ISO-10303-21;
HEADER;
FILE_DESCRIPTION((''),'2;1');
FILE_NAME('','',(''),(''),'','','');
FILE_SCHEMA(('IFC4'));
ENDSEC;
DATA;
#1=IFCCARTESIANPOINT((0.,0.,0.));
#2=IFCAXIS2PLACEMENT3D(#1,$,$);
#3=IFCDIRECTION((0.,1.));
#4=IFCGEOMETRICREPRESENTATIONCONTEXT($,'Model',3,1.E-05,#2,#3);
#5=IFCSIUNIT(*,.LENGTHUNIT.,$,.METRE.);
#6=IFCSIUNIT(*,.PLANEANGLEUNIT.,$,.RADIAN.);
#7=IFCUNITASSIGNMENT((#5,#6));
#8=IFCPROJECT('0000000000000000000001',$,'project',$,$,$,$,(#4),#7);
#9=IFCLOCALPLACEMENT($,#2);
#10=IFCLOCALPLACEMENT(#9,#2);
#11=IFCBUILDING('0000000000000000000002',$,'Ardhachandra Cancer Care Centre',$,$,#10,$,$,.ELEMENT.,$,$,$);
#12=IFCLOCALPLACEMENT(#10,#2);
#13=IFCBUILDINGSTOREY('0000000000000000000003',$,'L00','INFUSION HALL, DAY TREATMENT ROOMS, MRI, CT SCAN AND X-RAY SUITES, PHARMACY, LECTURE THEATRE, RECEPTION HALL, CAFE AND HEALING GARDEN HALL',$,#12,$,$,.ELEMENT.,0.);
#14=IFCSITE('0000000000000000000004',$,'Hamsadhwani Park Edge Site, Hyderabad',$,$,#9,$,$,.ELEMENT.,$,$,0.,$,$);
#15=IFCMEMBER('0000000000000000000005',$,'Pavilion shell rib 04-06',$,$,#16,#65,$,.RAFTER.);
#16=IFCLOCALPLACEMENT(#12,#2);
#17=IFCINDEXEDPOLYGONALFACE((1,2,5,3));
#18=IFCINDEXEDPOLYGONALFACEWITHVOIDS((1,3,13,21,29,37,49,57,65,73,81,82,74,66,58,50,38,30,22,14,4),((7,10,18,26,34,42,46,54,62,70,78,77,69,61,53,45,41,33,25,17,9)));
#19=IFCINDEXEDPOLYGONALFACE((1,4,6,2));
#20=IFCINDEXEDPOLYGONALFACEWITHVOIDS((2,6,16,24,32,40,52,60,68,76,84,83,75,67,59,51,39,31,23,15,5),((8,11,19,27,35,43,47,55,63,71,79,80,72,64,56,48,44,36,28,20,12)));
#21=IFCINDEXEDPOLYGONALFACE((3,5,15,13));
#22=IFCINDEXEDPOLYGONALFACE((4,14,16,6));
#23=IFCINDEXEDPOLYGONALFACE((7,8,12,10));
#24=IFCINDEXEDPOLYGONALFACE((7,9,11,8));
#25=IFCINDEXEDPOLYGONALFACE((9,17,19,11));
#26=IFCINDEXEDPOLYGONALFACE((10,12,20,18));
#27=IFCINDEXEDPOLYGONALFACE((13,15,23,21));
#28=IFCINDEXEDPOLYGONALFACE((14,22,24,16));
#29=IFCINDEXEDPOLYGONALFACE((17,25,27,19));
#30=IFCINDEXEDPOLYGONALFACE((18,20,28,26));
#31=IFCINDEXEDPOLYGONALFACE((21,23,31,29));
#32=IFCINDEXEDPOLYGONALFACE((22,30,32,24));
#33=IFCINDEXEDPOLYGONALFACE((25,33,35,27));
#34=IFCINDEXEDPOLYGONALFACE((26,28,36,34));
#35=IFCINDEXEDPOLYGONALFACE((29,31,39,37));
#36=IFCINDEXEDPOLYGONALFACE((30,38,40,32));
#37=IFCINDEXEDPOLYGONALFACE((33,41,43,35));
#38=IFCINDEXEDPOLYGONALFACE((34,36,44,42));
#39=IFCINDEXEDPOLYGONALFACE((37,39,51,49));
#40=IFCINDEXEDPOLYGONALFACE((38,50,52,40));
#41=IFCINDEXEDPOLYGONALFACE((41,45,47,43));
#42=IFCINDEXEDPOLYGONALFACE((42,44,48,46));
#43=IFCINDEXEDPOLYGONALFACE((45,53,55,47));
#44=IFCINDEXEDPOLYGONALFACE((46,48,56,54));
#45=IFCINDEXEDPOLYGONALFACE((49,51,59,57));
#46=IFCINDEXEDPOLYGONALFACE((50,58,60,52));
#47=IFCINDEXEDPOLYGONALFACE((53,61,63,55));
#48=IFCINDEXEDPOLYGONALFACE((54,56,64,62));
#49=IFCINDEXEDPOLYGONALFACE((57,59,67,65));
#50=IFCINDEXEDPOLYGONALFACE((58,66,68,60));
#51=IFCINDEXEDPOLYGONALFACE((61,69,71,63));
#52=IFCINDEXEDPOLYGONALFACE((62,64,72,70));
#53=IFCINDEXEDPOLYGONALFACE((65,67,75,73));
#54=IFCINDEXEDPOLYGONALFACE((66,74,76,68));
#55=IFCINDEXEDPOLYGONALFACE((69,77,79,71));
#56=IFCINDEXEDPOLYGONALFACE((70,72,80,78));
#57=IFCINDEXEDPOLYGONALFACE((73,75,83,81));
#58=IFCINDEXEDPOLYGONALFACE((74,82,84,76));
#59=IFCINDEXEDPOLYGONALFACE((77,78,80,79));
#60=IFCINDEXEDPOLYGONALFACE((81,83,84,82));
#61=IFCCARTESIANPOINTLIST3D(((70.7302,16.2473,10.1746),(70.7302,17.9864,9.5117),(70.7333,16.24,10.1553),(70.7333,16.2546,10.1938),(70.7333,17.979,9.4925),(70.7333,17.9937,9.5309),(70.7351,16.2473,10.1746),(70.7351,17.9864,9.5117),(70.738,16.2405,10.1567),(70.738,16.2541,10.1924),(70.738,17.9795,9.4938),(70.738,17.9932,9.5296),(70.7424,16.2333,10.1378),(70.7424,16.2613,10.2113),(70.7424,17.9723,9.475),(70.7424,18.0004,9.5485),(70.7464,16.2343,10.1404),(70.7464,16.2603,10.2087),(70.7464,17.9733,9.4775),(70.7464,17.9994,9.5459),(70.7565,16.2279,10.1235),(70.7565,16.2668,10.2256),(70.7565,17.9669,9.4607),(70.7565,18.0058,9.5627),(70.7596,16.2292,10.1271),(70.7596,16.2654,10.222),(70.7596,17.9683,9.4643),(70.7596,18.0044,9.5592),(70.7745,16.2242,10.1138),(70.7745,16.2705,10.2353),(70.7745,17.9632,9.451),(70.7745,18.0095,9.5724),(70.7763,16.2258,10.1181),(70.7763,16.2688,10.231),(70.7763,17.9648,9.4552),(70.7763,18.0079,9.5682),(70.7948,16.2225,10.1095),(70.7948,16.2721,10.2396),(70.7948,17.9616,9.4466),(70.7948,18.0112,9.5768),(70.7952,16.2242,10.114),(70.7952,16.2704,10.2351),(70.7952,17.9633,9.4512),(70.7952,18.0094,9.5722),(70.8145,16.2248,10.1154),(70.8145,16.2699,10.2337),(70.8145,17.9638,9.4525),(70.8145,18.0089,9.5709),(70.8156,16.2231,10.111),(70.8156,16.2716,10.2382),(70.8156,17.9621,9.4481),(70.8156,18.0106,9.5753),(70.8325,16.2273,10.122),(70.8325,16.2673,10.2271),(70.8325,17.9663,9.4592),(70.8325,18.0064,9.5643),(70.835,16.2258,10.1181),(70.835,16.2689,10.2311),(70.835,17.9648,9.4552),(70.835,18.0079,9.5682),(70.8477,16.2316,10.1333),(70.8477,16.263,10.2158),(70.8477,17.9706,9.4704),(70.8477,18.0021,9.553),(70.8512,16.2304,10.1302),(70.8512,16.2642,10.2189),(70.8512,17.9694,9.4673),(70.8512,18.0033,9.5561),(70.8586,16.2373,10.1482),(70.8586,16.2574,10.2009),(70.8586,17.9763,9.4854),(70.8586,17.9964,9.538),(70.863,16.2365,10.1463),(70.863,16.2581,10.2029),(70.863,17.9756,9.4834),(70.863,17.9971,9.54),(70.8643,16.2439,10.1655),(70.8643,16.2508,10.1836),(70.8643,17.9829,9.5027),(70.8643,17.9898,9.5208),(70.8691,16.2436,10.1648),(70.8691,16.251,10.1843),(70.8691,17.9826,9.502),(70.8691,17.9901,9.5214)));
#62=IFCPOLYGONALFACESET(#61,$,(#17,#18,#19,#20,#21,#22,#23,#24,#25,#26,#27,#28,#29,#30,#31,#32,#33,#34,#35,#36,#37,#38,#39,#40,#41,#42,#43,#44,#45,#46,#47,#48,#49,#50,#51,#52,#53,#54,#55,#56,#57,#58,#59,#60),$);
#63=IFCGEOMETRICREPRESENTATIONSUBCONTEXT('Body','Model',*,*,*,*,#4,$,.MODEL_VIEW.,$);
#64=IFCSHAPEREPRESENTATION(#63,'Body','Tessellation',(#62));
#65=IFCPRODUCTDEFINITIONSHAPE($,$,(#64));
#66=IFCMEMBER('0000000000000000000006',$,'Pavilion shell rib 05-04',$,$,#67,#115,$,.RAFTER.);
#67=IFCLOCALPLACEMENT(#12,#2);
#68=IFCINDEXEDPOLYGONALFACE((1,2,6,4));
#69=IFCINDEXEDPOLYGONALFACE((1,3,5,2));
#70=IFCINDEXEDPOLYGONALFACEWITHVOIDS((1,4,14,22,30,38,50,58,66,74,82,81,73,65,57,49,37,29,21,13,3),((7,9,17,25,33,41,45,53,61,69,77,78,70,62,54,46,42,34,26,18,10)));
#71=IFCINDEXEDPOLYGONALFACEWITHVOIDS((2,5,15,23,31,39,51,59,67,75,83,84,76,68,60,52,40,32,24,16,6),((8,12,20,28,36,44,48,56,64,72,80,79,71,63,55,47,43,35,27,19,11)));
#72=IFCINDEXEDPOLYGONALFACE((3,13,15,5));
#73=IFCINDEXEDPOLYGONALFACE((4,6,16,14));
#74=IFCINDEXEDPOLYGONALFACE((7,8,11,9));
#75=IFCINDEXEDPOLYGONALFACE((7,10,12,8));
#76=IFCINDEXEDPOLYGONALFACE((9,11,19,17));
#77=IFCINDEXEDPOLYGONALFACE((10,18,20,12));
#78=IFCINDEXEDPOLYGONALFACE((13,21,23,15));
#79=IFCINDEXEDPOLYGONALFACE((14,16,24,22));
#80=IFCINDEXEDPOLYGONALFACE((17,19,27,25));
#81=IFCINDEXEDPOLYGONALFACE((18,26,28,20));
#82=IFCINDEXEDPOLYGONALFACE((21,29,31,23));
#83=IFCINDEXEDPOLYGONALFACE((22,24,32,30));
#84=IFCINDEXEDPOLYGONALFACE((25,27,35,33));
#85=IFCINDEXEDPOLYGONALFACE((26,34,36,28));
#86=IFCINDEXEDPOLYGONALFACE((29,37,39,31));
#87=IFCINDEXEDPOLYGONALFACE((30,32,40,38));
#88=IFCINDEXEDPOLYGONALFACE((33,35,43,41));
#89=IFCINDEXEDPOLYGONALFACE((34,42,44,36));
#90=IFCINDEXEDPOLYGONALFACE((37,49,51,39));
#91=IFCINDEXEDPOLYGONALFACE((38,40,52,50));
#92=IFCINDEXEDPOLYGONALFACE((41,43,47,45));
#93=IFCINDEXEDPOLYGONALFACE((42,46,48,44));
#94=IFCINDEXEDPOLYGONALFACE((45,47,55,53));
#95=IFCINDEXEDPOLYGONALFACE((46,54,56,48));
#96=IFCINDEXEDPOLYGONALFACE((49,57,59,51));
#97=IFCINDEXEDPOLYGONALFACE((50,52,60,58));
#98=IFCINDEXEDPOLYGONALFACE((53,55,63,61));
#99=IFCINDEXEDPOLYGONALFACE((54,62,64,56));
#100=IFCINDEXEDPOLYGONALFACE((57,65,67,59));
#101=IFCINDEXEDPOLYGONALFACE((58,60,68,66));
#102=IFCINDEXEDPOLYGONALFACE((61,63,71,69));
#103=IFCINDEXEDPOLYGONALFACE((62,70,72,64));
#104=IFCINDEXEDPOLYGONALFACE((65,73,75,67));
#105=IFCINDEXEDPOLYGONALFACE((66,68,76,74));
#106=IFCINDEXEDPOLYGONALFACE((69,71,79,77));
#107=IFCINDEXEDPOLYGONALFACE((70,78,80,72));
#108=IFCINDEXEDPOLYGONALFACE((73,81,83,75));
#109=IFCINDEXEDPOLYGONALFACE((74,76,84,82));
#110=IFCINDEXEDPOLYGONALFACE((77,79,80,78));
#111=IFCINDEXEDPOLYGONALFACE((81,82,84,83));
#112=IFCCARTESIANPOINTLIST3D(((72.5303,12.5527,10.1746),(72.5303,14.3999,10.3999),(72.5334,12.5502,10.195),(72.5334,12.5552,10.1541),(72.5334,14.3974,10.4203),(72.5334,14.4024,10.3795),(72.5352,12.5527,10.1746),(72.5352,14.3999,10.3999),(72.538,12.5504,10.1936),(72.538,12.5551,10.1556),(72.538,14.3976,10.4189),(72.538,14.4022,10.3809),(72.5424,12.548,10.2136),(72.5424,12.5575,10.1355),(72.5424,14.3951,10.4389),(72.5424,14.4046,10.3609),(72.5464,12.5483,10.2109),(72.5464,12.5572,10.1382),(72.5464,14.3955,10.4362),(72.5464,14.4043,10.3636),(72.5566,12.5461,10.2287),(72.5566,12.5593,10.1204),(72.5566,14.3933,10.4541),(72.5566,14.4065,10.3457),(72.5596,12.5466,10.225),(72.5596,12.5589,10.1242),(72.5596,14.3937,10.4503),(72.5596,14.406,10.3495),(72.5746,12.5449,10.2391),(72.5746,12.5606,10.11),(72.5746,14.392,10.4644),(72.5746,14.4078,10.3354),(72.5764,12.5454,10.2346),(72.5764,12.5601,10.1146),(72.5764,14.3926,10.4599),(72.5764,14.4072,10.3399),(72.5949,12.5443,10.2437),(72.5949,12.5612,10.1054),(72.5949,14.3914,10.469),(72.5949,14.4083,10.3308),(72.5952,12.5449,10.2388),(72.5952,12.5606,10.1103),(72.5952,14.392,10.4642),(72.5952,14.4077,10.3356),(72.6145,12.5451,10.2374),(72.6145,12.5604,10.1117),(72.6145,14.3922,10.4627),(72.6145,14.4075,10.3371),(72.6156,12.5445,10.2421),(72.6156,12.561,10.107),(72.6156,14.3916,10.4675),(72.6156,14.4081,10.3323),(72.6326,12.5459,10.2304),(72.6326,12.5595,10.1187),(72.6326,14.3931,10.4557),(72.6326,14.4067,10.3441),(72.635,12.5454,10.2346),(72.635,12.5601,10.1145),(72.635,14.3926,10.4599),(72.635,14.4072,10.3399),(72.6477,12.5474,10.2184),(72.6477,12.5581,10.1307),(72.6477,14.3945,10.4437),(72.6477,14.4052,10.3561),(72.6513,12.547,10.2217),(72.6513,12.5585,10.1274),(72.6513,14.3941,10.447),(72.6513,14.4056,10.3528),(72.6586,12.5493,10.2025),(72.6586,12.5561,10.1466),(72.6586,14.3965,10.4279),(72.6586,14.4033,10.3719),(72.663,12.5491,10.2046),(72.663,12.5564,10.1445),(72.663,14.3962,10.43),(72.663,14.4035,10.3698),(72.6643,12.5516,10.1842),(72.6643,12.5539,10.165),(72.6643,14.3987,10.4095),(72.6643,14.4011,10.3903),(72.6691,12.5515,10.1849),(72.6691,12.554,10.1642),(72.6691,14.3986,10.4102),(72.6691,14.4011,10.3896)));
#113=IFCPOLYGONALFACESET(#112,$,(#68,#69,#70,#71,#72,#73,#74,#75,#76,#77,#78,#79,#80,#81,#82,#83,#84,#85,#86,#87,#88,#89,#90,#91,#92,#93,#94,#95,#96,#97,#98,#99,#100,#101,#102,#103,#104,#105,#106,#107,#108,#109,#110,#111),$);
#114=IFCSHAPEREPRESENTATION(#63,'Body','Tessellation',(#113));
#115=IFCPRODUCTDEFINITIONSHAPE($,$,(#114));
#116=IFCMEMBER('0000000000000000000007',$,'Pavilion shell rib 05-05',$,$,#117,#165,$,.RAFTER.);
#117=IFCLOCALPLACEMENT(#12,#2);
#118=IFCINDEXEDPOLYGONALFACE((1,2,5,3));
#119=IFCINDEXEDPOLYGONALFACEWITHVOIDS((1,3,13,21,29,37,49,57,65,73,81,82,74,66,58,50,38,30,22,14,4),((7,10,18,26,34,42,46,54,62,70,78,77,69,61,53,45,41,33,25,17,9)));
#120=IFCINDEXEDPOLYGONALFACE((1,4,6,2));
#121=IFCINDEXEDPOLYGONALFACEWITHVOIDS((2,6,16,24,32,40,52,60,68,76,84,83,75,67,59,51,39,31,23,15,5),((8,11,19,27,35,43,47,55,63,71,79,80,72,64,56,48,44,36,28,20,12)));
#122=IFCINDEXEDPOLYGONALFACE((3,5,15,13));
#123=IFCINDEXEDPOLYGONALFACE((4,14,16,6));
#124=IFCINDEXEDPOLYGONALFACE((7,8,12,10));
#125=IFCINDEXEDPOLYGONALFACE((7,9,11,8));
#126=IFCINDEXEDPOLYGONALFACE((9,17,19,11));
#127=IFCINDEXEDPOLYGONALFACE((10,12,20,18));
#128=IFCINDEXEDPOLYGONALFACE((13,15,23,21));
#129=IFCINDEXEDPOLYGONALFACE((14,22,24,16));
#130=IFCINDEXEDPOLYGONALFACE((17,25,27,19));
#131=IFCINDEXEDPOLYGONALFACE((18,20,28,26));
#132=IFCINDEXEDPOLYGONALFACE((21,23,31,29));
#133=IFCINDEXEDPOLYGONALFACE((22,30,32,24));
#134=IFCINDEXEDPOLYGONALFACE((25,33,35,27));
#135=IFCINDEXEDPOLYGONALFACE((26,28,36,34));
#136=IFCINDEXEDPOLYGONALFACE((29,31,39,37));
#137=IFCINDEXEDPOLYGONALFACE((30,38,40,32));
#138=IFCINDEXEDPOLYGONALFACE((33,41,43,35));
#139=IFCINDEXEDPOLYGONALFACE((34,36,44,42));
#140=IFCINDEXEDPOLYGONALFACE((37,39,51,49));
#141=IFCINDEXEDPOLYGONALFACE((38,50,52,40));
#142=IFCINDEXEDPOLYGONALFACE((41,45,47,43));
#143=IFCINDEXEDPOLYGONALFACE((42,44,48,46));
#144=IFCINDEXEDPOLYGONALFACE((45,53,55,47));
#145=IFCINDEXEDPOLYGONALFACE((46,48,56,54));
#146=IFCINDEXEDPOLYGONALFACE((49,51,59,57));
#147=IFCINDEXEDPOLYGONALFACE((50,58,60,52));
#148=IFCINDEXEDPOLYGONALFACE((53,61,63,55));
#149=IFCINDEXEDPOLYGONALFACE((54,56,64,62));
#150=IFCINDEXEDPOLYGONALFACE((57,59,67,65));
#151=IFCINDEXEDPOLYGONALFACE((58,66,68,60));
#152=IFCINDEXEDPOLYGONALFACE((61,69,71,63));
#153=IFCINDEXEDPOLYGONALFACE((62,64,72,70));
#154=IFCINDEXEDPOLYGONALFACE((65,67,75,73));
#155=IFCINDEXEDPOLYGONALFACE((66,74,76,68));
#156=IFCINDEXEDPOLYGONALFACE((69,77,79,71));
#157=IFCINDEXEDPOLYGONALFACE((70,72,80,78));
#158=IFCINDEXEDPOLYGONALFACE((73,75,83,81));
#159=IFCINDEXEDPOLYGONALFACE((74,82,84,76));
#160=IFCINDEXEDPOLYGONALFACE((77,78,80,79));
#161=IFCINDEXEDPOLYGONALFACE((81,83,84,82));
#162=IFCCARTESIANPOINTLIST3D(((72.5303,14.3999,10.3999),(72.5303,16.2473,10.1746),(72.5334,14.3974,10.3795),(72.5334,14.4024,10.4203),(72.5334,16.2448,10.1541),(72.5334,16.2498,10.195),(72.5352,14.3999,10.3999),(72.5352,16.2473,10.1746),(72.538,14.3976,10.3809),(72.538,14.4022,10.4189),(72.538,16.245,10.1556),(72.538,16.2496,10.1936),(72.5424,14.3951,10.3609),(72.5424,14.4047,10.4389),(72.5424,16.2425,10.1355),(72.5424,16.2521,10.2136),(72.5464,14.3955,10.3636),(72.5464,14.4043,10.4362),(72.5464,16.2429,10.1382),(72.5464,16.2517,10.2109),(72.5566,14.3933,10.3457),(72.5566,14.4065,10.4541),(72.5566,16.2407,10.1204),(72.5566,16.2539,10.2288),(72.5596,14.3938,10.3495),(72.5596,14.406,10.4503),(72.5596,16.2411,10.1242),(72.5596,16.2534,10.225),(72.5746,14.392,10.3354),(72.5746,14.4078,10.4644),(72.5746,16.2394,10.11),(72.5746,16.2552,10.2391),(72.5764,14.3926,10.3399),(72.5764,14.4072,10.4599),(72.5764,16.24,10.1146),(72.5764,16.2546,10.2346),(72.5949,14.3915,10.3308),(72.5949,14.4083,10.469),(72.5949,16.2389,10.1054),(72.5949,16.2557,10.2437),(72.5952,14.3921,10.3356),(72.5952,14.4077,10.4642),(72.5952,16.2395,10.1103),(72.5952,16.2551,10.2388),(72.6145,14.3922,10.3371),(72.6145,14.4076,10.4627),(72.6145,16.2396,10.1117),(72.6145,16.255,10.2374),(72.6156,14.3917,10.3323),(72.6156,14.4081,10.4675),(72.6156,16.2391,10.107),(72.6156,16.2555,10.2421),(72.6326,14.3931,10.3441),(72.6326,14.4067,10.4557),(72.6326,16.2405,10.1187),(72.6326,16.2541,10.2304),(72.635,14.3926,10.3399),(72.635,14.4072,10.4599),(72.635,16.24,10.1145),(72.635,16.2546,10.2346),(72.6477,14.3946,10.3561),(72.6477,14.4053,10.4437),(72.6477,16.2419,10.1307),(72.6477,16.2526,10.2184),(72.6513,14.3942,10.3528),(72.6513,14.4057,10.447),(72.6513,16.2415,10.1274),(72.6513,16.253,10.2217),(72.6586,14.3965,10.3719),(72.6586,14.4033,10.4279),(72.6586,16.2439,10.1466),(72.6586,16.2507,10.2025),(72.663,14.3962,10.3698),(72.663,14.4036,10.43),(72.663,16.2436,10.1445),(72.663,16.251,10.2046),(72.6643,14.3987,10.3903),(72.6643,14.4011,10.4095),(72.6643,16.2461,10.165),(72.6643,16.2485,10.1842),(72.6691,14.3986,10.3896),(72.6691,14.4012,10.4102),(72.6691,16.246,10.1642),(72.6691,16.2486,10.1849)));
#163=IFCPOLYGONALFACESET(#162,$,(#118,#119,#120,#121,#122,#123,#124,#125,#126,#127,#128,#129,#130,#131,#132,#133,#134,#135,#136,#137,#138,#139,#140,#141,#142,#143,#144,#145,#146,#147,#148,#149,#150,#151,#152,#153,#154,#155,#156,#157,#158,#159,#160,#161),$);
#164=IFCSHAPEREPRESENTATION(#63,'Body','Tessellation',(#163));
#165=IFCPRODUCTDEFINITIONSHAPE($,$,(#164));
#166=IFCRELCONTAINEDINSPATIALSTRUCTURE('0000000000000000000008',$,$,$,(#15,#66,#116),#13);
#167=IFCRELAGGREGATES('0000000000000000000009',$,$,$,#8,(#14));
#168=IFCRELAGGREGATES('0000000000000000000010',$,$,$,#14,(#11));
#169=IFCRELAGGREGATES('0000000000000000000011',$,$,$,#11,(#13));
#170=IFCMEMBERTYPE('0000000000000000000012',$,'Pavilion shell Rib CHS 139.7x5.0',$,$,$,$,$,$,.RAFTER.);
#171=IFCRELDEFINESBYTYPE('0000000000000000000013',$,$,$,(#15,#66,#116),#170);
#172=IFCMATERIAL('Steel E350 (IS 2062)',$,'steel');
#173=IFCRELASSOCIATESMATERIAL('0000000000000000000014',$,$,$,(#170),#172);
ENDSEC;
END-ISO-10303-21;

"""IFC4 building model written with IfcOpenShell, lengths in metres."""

from ifc_helpers import new_model, si_unit, direction, frame, origin, origin_2d, place, context, subcontext, project, spatial, hollow_circle, extrude, material, material_profile, profile_set, type_object, element, save


model = new_model("IFC4")

# Units and contexts
model_context = context("Model", 3, precision=1e-05, world=origin(), true_north=direction((0.0, 1.0)))
body_context = subcontext(model_context, "Body", "Model", "MODEL_VIEW")
ifc_project = project(units=[si_unit("LENGTHUNIT", "METRE"), si_unit("PLANEANGLEUNIT", "RADIAN")], contexts=[model_context])

# Site, building, storey
site_placement = place(None, origin())
site = spatial("IfcSite", under=ifc_project, at=site_placement, Name="Hamsadhwani Park Edge Site, Hyderabad", CompositionType="ELEMENT", RefElevation=0.0)
building_placement = place(site_placement, origin())
building = spatial("IfcBuilding", under=site, at=building_placement, Name="Ardhachandra Cancer Care Centre", CompositionType="ELEMENT")
storey_placement = place(building_placement, origin())
storey = spatial("IfcBuildingStorey", under=building, at=storey_placement, Name="L00", Description="INFUSION HALL, DAY TREATMENT ROOMS, MRI, CT SCAN AND X-RAY SUITES, PHARMACY, LECTURE THEATRE, RECEPTION HALL, CAFE AND HEALING GARDEN HALL", CompositionType="ELEMENT", Elevation=0.0)

# Members
ifc_material_1 = material(Name="Steel E350 (IS 2062)", Category="steel")
ifc_material_profile_1 = material_profile(ifc_material_1, hollow_circle(Radius=0.0698, WallThickness=0.0049, at=origin_2d()), Name="CHS 139.7x5.0")
ifc_profile_set_1 = profile_set([ifc_material_profile_1], Name="Steel E350 (IS 2062)")
member_type_1 = type_object("IfcMemberType", Name="Pavilion shell Rib CHS 139.7x5.0", PredefinedType="RAFTER", material=ifc_profile_set_1)
for number, where, z_axis, x_axis, name in (
    (1, (70.8, 16.2473, 10.1746), (0.0, 0.934423, -0.356164), (-1.0, 0.0, 0.0), "Pavilion shell rib 04-06"),
):
    element("IfcMember", number, at=place(storey_placement, frame(where, z_axis=z_axis, x_axis=x_axis)), inside=storey, type_object=member_type_1, Name=name, PredefinedType="RAFTER", context=body_context, shape_type="SweptSolid", body=[
        extrude(hollow_circle(Radius=0.0698, WallThickness=0.0049, at=origin_2d()), origin(), (0.0, 0.0, 1.0), 1.8611),
    ])
member_1_placement = place(storey_placement, frame((72.6001, 12.5527, 10.1746), z_axis=(0.0, 0.992641, 0.121095), x_axis=(-1.0, 0.0, 0.0)))
element("IfcMember", 2, at=member_1_placement, inside=storey, type_object=member_type_1, Name="Pavilion shell rib 05-04", PredefinedType="RAFTER", context=body_context, shape_type="SweptSolid", body=[
    extrude(hollow_circle(Radius=0.0698, WallThickness=0.0049, at=origin_2d()), origin(), (0.0, 0.0, 1.0), 1.8608),
])
for number, where, z_axis, x_axis, name in (
    (3, (72.6001, 14.3999, 10.3999), (0.0, 0.992643, -0.12108), (-1.0, 0.0, 0.0), "Pavilion shell rib 05-05"),
):
    element("IfcMember", number, at=place(storey_placement, frame(where, z_axis=z_axis, x_axis=x_axis)), inside=storey, type_object=member_type_1, Name=name, PredefinedType="RAFTER", context=body_context, shape_type="SweptSolid", body=[
        extrude(hollow_circle(Radius=0.0698, WallThickness=0.0049, at=origin_2d()), origin(), (0.0, 0.0, 1.0), 1.8611),
    ])

save(model, "model.ifc")
